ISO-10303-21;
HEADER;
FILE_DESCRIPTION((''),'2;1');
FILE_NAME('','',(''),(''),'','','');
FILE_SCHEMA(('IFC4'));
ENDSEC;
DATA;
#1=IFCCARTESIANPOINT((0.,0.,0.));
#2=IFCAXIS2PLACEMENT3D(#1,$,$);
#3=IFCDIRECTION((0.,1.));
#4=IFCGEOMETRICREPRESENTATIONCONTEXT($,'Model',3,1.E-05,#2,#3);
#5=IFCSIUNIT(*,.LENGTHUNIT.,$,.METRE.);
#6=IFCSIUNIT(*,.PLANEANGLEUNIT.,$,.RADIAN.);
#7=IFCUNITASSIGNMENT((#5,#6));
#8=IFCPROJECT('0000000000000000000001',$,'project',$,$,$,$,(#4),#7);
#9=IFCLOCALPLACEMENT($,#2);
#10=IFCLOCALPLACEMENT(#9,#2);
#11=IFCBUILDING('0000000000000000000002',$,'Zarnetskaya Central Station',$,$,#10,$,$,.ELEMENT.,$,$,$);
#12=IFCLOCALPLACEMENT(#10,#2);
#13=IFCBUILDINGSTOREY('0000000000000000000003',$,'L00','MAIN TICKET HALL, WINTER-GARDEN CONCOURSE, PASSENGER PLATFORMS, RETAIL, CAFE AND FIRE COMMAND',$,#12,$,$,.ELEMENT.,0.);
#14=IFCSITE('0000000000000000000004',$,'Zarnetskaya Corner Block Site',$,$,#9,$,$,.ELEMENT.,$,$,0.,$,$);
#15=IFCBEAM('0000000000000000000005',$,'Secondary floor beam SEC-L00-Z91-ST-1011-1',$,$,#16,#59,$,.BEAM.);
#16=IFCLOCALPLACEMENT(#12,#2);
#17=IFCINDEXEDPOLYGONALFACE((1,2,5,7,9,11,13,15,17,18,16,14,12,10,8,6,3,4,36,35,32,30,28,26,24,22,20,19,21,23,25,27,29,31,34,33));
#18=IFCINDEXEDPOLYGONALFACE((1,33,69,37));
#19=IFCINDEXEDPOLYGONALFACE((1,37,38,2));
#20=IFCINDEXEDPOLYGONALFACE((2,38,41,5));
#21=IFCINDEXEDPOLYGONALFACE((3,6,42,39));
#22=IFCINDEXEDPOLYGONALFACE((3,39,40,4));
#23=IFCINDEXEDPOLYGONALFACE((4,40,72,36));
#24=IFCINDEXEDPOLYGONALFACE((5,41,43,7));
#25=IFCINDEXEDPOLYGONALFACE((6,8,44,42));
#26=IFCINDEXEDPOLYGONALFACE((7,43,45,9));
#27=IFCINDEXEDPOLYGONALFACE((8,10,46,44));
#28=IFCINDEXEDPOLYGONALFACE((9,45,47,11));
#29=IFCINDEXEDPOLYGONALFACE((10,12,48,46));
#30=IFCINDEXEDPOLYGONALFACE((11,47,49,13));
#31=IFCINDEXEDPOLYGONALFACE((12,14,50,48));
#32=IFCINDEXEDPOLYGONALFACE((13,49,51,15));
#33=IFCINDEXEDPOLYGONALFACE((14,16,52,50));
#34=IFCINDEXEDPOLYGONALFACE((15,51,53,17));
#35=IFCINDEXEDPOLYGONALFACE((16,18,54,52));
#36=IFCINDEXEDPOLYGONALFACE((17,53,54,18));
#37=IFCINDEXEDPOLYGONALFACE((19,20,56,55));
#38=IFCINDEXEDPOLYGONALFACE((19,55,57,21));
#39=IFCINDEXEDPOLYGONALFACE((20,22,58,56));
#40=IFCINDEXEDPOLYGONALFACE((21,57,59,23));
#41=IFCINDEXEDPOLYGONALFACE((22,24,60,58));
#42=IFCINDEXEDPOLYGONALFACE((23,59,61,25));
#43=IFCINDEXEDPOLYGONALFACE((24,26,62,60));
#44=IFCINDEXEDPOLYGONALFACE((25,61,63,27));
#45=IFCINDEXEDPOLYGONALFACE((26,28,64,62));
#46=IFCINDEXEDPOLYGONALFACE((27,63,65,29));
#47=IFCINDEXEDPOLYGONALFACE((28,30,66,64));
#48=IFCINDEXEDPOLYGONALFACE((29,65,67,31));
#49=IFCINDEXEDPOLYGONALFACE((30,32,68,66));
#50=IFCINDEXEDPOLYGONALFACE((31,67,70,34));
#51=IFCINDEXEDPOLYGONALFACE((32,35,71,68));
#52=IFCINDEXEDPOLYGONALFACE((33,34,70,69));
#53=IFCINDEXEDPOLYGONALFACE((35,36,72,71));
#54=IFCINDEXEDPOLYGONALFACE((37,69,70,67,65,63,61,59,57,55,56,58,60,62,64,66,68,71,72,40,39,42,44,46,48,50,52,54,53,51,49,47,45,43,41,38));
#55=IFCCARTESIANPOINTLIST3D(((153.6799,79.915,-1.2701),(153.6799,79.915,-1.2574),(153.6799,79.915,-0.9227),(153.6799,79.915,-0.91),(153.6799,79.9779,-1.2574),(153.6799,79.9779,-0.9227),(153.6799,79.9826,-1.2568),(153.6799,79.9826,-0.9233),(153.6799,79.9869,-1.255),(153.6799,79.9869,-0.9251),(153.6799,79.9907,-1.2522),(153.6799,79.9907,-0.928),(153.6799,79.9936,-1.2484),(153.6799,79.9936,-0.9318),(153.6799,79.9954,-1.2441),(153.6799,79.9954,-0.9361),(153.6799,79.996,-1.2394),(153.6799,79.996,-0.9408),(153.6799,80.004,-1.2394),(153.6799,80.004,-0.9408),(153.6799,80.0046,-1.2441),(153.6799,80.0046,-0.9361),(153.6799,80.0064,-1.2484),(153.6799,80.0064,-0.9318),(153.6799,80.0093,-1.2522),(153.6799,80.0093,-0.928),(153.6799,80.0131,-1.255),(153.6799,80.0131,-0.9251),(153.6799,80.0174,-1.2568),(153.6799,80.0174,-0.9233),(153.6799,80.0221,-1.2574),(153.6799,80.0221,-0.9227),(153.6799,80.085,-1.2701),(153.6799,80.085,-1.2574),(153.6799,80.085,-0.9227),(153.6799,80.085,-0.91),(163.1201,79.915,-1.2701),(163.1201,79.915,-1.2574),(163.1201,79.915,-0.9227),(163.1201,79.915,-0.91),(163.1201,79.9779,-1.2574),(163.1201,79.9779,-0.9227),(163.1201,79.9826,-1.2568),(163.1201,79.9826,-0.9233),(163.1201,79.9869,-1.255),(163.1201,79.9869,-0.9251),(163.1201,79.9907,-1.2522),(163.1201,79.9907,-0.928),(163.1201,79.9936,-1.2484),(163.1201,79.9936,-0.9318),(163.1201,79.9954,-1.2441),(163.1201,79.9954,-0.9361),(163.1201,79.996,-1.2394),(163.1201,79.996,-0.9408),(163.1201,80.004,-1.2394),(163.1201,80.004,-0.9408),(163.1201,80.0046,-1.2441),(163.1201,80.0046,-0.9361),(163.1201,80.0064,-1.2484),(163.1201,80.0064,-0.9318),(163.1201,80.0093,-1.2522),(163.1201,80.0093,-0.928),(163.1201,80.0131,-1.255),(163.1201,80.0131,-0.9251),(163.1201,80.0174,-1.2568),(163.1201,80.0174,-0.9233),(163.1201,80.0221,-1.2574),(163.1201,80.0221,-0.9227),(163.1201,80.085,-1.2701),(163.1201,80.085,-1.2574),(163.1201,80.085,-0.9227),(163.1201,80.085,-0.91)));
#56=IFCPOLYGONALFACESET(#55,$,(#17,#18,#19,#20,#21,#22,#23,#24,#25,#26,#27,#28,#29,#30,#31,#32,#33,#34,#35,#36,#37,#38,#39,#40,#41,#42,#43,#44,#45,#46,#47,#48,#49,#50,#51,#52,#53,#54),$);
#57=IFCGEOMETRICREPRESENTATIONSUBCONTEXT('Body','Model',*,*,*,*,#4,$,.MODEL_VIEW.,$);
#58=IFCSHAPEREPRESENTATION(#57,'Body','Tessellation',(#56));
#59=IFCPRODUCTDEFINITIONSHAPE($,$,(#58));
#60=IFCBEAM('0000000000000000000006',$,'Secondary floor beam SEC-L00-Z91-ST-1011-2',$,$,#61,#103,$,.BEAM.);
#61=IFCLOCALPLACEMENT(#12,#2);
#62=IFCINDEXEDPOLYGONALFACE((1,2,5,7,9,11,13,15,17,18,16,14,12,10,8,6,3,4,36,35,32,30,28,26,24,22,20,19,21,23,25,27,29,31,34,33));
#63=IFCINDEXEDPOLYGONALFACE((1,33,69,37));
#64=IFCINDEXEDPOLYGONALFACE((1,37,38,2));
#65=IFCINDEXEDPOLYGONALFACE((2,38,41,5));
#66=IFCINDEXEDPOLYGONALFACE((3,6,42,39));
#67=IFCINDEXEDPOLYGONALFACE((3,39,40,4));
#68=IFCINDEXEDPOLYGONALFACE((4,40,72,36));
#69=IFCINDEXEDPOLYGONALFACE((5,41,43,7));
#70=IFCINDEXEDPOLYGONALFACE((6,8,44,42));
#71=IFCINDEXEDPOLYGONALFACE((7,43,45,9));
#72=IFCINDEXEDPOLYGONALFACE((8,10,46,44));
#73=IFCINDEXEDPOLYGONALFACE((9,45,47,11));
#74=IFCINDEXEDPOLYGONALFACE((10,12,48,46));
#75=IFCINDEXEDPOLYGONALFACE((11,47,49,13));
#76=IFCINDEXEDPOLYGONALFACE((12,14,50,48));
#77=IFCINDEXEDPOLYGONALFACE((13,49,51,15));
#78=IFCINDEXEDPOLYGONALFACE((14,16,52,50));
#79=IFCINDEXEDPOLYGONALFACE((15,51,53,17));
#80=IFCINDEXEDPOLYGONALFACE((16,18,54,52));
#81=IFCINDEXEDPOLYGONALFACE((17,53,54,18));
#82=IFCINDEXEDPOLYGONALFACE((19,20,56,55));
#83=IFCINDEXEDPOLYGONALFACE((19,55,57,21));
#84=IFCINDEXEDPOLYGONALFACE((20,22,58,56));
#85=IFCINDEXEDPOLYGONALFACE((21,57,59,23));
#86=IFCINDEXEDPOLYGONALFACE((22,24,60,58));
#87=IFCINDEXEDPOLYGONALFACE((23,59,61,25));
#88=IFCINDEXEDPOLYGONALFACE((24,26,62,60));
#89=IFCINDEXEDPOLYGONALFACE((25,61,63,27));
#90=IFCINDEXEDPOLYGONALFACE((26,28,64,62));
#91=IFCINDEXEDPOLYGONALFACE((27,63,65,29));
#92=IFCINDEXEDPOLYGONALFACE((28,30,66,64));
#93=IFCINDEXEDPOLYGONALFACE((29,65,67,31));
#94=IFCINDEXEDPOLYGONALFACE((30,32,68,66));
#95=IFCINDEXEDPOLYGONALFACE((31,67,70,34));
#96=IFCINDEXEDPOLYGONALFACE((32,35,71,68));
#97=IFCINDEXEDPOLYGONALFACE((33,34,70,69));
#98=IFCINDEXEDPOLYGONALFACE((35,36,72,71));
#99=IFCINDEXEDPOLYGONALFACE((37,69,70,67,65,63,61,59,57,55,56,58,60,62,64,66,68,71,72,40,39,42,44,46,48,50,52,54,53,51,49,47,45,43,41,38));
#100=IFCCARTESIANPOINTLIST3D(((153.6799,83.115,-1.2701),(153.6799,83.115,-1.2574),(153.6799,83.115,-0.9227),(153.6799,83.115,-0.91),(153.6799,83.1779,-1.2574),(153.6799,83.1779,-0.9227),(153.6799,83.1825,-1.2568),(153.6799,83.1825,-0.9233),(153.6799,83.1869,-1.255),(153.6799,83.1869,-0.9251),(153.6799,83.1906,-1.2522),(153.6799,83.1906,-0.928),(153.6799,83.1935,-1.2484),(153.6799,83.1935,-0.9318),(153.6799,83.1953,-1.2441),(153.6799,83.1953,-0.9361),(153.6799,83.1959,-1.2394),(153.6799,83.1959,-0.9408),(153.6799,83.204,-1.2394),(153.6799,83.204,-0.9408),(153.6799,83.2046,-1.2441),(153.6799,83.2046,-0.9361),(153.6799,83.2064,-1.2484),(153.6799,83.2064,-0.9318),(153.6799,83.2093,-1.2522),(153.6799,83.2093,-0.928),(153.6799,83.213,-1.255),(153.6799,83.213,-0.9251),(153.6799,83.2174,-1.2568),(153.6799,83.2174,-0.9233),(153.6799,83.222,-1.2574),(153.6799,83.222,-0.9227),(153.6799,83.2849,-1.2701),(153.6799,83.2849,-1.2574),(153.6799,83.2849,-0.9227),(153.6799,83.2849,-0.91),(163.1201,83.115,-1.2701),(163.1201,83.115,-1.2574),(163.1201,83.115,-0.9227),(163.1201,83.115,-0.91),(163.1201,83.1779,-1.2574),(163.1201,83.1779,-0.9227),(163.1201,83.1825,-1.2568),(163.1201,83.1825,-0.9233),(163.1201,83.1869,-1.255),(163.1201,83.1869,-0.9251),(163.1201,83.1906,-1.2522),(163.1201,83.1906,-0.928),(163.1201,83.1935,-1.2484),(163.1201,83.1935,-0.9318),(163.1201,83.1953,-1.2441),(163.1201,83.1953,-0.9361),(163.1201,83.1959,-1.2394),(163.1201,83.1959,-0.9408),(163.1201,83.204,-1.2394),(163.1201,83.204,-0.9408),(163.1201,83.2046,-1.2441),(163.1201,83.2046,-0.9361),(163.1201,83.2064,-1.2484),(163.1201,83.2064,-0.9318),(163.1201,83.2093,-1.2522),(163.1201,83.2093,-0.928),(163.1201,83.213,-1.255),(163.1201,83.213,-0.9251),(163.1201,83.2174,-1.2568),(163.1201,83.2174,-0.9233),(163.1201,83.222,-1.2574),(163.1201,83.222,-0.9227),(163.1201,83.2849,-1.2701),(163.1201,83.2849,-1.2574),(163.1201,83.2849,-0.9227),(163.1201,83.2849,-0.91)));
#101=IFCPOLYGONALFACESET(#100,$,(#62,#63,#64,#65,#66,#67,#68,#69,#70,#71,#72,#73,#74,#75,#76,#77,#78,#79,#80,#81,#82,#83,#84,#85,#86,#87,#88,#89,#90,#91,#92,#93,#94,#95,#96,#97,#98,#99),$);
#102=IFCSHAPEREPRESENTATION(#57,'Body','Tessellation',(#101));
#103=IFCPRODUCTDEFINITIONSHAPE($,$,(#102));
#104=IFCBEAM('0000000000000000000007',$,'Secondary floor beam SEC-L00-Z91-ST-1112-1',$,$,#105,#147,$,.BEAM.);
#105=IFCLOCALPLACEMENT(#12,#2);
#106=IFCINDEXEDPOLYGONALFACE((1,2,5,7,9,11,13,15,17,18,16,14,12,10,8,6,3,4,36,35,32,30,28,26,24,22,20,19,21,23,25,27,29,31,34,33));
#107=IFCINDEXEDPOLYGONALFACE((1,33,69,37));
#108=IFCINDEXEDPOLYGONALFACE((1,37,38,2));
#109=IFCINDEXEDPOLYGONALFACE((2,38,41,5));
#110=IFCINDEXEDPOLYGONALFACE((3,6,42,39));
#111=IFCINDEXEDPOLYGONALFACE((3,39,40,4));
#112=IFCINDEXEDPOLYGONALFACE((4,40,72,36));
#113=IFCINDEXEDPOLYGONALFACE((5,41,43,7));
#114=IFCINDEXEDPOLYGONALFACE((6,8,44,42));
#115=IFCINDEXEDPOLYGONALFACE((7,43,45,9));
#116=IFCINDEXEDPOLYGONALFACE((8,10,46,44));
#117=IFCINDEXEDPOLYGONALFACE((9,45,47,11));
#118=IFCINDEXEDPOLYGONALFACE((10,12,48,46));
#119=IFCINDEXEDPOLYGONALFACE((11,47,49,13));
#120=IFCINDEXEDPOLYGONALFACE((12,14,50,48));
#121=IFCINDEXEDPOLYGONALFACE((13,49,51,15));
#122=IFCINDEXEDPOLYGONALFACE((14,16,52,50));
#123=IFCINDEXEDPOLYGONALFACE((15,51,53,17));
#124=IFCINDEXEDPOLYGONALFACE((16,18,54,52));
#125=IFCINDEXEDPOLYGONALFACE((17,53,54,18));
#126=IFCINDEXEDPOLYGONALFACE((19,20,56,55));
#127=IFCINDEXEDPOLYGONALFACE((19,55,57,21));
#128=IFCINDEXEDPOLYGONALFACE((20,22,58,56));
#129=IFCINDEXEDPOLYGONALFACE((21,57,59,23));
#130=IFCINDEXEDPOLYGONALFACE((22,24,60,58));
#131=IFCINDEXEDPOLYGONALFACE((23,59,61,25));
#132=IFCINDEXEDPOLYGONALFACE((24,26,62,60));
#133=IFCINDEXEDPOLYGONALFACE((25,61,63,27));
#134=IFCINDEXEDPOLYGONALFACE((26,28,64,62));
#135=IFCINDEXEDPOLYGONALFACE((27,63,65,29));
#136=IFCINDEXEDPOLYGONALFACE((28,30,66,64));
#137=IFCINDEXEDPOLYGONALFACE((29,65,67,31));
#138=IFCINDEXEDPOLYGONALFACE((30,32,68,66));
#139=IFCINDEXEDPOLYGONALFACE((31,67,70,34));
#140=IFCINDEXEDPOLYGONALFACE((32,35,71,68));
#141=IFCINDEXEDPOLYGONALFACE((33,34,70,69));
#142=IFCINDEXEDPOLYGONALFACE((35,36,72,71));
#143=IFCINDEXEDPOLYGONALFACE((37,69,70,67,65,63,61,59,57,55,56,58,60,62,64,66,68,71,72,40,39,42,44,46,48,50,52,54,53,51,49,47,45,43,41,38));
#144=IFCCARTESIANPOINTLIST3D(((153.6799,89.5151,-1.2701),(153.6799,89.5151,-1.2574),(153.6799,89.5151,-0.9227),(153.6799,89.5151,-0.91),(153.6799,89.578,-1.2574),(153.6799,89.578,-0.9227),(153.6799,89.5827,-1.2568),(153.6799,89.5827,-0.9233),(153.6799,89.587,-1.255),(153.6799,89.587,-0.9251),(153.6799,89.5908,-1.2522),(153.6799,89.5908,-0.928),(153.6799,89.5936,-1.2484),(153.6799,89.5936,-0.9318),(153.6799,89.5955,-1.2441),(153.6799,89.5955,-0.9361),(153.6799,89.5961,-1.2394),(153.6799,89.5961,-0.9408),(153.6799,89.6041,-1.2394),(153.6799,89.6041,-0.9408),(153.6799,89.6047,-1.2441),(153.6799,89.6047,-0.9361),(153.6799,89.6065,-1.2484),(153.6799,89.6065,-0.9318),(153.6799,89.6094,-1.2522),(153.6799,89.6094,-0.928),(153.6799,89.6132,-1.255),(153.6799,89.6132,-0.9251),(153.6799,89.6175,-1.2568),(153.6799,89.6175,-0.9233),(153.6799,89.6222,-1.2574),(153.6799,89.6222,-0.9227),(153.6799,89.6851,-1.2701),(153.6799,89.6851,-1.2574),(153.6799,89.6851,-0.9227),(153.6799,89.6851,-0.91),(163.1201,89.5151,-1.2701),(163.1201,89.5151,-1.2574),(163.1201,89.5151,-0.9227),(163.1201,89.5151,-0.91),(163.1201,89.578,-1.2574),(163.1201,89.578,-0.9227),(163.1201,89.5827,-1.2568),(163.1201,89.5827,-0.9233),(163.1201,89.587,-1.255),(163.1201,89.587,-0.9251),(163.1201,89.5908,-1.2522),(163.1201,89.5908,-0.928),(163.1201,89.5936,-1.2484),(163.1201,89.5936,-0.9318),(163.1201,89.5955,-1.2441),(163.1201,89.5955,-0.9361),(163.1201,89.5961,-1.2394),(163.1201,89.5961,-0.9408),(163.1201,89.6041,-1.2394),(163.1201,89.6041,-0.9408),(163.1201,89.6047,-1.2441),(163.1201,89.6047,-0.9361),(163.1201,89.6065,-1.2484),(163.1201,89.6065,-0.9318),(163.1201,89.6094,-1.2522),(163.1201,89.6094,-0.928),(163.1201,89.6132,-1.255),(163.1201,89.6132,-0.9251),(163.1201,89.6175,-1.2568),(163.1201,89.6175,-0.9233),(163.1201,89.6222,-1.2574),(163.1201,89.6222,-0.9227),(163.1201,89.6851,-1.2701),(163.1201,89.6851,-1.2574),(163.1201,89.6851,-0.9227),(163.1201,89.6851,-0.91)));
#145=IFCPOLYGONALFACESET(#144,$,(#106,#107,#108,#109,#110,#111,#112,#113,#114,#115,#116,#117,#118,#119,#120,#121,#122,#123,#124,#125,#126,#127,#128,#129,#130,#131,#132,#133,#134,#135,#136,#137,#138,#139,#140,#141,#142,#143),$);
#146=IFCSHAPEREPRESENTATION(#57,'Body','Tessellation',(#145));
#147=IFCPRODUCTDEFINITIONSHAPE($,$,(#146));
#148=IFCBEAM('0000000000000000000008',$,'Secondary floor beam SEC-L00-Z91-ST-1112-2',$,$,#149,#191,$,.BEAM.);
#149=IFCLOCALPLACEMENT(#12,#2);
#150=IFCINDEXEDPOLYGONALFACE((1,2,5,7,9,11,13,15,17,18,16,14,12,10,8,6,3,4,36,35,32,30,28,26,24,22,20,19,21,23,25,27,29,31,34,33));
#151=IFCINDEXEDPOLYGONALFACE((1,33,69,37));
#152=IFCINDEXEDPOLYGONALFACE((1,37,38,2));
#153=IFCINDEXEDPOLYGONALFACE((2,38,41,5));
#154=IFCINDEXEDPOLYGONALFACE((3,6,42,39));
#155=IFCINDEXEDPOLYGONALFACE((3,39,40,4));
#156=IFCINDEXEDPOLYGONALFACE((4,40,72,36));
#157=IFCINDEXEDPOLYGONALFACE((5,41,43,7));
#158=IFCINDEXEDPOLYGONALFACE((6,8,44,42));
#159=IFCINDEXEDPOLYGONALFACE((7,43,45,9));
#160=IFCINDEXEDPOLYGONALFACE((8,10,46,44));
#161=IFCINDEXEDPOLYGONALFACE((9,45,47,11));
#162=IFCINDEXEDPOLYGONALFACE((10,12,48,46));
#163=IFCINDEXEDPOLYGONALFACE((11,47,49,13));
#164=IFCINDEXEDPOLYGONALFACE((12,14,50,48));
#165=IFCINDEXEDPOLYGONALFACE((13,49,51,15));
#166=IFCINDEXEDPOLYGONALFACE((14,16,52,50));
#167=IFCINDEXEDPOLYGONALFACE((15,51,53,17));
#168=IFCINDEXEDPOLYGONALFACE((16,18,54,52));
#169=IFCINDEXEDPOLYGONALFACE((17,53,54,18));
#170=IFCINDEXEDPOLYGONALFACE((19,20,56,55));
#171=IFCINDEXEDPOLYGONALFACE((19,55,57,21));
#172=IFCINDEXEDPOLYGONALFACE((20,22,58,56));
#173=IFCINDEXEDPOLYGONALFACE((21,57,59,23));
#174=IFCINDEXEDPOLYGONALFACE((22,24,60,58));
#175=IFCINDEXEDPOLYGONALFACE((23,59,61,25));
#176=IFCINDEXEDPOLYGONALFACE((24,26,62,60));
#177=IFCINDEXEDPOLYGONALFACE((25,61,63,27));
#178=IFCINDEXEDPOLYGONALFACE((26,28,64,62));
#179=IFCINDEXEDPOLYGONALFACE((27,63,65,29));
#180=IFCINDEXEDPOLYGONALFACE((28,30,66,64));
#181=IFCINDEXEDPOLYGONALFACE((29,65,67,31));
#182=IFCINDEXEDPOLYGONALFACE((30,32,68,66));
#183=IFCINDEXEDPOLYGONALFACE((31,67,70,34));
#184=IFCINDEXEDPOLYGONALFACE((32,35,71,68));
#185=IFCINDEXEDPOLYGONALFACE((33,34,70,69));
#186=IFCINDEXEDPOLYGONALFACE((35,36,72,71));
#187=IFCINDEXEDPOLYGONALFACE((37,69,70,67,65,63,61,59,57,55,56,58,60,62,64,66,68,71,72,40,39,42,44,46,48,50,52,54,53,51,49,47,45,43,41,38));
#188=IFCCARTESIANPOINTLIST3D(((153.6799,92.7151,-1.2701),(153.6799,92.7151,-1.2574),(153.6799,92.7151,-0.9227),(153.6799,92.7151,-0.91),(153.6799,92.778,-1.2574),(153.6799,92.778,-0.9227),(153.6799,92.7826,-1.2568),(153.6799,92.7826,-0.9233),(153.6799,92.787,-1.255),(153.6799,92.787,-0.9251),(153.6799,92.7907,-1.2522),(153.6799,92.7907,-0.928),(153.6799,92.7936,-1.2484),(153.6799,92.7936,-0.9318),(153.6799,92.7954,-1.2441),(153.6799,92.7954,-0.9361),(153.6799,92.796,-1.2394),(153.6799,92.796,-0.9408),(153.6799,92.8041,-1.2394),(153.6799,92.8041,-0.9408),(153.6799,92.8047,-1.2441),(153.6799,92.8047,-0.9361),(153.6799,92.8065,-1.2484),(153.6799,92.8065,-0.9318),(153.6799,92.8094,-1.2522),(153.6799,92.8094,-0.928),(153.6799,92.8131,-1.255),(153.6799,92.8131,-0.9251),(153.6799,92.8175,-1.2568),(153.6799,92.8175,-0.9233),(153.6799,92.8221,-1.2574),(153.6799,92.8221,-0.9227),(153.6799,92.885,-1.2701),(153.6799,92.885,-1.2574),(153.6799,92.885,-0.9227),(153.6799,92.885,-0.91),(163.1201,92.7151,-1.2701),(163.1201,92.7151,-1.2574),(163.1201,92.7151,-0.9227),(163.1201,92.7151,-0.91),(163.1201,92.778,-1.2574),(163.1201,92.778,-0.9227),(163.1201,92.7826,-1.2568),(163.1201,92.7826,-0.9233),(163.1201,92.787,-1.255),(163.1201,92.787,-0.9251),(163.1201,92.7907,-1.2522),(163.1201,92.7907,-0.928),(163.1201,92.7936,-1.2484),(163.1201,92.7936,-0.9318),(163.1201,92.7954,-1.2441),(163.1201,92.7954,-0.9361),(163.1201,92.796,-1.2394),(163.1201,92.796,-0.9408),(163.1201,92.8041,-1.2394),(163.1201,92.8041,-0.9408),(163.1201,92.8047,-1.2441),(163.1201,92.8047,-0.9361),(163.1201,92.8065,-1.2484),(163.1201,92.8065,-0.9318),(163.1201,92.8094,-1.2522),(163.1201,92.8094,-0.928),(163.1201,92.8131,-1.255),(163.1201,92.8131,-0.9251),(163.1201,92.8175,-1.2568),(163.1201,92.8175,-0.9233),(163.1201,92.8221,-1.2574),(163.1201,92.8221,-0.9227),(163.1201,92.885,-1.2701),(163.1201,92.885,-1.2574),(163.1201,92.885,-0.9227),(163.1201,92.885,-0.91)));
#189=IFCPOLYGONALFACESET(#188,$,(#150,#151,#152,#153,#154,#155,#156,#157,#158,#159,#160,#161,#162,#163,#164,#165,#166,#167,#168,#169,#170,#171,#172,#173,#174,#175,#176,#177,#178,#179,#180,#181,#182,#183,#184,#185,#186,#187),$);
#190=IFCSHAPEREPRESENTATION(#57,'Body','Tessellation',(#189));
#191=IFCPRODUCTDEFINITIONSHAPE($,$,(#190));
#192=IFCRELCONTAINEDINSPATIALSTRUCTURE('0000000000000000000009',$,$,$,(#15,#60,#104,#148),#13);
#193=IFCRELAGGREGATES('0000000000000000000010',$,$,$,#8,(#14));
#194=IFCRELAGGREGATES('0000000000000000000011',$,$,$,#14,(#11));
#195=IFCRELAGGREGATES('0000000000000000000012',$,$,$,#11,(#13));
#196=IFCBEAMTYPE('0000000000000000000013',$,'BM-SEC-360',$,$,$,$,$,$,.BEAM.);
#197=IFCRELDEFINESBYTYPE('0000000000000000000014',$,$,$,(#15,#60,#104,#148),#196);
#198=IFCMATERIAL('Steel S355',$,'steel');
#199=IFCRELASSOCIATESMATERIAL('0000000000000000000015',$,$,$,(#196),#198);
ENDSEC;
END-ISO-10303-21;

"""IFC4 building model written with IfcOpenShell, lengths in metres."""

from ifc_helpers import new_model, si_unit, direction, frame, origin, origin_2d, place, context, subcontext, project, spatial, i_section, extrude, material, material_profile, profile_set, type_object, element, save


model = new_model("IFC4")

# Units and contexts
model_context = context("Model", 3, precision=1e-05, world=origin(), true_north=direction((0.0, 1.0)))
body_context = subcontext(model_context, "Body", "Model", "MODEL_VIEW")
ifc_project = project(units=[si_unit("LENGTHUNIT", "METRE"), si_unit("PLANEANGLEUNIT", "RADIAN")], contexts=[model_context])

# Site, building, storey
site_placement = place(None, origin())
site = spatial("IfcSite", under=ifc_project, at=site_placement, Name="Zarnetskaya Corner Block Site", CompositionType="ELEMENT", RefElevation=0.0)
building_placement = place(site_placement, origin())
building = spatial("IfcBuilding", under=site, at=building_placement, Name="Zarnetskaya Central Station", CompositionType="ELEMENT")
storey_placement = place(building_placement, origin())
storey = spatial("IfcBuildingStorey", under=building, at=storey_placement, Name="L00", Description="MAIN TICKET HALL, WINTER-GARDEN CONCOURSE, PASSENGER PLATFORMS, RETAIL, CAFE AND FIRE COMMAND", CompositionType="ELEMENT", Elevation=0.0)

# Shared definitions
ifc_material = material(Name="Steel S355", Category="steel")

# Beams
ifc_material_profile_1 = material_profile(ifc_material, i_section(OverallWidth=0.1699, OverallDepth=0.3601, WebThickness=0.0081, FlangeThickness=0.0127, FilletRadius=0.0181, at=origin_2d()), Name="IPE 360")
ifc_profile_set_1 = profile_set([ifc_material_profile_1], Name="Steel S355")
beam_type_1 = type_object("IfcBeamType", Name="BM-SEC-360", PredefinedType="BEAM", material=ifc_profile_set_1)
for number, where, z_axis, x_axis, name in (
    (1, (153.6799, 80.0, -1.0901), (1.0, 0.0, 0.0), (0.0, 1.0, 0.0), "Secondary floor beam SEC-L00-Z91-ST-1011-1"),
    (2, (153.6799, 83.2, -1.0901), (1.0, 0.0, 0.0), (0.0, 1.0, 0.0), "Secondary floor beam SEC-L00-Z91-ST-1011-2"),
    (3, (153.6799, 89.6001, -1.0901), (1.0, 0.0, 0.0), (0.0, 1.0, 0.0), "Secondary floor beam SEC-L00-Z91-ST-1112-1"),
    (4, (153.6799, 92.8, -1.0901), (1.0, 0.0, 0.0), (0.0, 1.0, 0.0), "Secondary floor beam SEC-L00-Z91-ST-1112-2"),
):
    element("IfcBeam", number, at=place(storey_placement, frame(where, z_axis=z_axis, x_axis=x_axis)), inside=storey, type_object=beam_type_1, Name=name, PredefinedType="BEAM", context=body_context, shape_type="SweptSolid", body=[
        extrude(i_section(OverallWidth=0.1699, OverallDepth=0.3601, WebThickness=0.0081, FlangeThickness=0.0127, FilletRadius=0.0181, at=origin_2d()), origin(), (0.0, 0.0, 1.0), 9.4402),
    ])

save(model, "model.ifc")
